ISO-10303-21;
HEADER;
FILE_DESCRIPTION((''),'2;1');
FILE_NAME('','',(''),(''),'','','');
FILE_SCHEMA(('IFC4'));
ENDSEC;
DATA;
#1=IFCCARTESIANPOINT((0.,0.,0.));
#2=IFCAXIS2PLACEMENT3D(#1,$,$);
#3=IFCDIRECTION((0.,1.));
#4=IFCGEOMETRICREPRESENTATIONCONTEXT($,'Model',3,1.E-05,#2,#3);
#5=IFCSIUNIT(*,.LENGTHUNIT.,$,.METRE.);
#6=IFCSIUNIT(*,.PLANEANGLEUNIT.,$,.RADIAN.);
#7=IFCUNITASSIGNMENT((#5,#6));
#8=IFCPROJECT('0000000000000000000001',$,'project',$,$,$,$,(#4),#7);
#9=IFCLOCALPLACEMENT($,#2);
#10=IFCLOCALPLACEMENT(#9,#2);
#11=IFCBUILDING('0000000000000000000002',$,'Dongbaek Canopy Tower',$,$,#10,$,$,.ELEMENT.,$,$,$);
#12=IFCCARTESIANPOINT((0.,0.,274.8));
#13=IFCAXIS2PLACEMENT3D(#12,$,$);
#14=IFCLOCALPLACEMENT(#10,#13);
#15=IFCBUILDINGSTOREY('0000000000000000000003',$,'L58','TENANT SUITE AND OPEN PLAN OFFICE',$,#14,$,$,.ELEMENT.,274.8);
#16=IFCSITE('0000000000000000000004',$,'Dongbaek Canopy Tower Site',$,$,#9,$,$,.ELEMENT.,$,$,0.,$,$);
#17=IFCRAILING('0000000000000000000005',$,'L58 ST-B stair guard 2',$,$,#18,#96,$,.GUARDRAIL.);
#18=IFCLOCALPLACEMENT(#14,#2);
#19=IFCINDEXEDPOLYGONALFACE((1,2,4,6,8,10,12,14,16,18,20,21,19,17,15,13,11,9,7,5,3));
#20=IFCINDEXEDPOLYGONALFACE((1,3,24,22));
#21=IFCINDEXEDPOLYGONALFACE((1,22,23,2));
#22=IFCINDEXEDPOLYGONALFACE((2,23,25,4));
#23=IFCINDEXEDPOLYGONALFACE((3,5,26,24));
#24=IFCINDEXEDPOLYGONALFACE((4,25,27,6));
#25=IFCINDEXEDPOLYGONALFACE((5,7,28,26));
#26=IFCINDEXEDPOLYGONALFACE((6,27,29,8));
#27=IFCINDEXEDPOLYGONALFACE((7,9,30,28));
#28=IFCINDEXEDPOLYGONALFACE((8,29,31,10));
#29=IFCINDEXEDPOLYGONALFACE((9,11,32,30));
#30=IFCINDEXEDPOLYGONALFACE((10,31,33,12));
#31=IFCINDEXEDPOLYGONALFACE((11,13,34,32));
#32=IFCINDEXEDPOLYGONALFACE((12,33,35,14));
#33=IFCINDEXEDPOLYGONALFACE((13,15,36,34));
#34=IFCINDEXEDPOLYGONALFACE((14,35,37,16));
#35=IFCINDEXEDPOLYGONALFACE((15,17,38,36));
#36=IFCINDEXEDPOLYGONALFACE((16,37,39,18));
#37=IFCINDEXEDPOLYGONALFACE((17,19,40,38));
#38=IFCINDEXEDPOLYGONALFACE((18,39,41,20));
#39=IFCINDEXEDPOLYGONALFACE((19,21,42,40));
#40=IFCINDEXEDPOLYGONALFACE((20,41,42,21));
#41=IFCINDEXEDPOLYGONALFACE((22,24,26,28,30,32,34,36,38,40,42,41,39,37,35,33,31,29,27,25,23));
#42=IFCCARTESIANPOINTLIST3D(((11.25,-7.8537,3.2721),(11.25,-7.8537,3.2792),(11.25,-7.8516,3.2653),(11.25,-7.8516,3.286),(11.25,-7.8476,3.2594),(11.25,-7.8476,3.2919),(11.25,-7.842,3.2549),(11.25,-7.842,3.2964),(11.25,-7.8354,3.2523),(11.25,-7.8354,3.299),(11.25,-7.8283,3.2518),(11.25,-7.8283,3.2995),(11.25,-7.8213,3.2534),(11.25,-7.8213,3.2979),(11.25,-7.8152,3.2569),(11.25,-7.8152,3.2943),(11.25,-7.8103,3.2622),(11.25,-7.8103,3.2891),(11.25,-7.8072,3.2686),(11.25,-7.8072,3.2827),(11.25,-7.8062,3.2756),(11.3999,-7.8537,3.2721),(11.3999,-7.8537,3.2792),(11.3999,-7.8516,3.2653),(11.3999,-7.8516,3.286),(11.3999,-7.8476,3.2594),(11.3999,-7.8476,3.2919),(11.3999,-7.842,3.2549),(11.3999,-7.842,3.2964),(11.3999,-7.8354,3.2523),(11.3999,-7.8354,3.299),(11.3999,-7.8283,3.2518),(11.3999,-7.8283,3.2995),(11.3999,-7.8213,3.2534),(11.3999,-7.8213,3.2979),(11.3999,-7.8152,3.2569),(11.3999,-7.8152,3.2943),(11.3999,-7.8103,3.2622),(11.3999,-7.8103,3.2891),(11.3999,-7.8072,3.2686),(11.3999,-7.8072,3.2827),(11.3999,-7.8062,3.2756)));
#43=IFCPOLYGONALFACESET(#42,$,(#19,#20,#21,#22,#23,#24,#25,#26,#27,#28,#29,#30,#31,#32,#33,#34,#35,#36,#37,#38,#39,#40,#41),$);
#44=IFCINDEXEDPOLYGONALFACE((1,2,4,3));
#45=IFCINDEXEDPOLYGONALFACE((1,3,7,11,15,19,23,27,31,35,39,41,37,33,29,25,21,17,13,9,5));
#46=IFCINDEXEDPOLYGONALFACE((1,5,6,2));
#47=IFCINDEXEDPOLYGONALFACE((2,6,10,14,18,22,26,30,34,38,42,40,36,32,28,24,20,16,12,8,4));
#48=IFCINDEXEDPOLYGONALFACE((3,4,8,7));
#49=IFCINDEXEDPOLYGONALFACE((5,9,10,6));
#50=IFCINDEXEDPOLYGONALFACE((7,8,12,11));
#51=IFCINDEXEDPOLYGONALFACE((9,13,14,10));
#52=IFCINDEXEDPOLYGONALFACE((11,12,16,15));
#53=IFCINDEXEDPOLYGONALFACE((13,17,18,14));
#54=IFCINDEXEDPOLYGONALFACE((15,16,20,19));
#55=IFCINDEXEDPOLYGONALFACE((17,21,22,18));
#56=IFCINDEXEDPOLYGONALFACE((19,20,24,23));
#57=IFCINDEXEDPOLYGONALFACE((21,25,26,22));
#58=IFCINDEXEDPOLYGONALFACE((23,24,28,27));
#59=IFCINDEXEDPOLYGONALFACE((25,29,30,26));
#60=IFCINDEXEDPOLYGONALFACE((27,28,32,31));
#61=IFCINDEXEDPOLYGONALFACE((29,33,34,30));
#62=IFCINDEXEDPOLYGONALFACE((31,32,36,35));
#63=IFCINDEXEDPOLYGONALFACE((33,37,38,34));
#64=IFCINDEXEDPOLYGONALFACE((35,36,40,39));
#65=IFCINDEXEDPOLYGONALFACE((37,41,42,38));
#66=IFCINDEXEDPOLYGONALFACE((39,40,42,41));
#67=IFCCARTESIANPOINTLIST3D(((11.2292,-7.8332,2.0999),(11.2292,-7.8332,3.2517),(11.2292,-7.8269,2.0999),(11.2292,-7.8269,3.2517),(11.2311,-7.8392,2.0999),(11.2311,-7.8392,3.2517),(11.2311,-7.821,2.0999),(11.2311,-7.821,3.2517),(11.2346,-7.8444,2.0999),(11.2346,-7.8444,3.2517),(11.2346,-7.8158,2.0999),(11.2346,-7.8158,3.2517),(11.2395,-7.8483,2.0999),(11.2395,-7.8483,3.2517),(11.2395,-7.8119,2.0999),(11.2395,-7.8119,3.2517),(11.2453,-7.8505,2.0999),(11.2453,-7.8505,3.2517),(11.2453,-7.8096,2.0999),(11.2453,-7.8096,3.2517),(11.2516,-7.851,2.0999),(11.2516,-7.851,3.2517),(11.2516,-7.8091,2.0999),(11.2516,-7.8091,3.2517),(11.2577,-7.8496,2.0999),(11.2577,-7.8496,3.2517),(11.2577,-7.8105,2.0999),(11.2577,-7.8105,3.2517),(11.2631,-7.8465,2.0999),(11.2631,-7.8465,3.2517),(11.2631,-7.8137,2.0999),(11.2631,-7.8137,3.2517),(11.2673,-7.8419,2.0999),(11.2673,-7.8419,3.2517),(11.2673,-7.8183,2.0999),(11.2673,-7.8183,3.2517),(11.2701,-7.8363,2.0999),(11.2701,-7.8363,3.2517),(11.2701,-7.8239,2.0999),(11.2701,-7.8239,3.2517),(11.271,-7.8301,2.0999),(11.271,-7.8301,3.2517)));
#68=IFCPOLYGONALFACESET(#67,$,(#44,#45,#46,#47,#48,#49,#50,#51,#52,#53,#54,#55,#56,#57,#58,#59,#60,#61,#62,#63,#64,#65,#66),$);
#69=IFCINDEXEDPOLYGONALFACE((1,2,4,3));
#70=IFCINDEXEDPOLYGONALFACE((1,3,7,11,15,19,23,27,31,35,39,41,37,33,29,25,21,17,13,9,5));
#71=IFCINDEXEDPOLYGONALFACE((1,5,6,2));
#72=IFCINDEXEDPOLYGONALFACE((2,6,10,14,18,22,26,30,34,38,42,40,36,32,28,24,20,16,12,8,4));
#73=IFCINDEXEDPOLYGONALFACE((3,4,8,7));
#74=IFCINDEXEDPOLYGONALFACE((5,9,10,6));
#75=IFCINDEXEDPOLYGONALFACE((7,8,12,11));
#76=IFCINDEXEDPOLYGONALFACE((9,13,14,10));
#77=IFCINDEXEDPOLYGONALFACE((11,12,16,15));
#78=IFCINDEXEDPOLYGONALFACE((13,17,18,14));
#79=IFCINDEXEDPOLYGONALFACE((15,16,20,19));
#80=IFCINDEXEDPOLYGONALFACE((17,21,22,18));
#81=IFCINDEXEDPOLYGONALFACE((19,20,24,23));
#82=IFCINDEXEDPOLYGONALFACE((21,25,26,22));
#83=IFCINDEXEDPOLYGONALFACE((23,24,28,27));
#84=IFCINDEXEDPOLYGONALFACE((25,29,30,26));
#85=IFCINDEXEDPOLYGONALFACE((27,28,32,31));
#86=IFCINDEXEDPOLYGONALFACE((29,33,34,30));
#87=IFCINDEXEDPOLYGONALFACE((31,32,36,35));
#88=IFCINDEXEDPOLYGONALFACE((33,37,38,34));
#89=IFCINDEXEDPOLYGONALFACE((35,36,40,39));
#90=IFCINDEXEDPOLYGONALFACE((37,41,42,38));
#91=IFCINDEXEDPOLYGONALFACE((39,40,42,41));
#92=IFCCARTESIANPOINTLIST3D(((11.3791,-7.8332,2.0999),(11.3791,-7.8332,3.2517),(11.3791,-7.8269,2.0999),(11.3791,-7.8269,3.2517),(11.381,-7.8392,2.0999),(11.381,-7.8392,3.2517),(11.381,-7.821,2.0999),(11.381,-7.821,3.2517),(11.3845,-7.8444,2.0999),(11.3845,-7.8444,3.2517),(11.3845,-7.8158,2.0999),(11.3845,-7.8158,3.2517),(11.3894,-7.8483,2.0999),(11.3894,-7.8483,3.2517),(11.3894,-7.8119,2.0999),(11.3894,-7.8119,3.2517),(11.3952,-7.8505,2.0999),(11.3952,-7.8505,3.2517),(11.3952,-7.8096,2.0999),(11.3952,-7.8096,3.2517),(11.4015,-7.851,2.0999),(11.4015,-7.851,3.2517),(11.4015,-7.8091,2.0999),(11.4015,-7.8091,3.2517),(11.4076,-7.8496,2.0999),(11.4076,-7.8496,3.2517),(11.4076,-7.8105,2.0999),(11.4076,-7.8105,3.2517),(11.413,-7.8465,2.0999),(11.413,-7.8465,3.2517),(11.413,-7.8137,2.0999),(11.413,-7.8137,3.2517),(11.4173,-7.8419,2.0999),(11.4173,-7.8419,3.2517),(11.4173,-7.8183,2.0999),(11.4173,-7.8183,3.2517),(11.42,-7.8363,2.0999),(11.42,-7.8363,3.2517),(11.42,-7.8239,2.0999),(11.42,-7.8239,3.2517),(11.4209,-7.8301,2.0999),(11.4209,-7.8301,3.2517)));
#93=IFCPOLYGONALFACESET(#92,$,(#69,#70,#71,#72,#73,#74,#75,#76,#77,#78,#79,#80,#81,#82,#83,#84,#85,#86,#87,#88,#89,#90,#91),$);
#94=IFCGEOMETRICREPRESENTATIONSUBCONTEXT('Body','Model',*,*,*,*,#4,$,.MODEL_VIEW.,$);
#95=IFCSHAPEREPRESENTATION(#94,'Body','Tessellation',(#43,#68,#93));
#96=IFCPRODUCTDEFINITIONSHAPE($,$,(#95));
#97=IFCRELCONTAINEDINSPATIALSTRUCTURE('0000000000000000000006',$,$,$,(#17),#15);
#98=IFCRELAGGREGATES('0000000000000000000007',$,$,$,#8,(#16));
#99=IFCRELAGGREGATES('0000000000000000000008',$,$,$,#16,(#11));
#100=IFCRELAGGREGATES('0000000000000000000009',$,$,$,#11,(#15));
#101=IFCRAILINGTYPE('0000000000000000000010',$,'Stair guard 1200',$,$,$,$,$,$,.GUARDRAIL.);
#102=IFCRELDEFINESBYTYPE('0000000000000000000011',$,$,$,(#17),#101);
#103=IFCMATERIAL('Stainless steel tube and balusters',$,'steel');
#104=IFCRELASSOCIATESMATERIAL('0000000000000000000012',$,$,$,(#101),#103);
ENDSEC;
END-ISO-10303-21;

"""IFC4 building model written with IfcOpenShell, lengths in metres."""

from ifc_helpers import new_model, si_unit, direction, frame, origin, origin_2d, place, context, subcontext, project, spatial, circle, extrude, material, type_object, element, save


model = new_model("IFC4")

# Units and contexts
model_context = context("Model", 3, precision=1e-05, world=origin(), true_north=direction((0.0, 1.0)))
body_context = subcontext(model_context, "Body", "Model", "MODEL_VIEW")
ifc_project = project(units=[si_unit("LENGTHUNIT", "METRE"), si_unit("PLANEANGLEUNIT", "RADIAN")], contexts=[model_context])

# Site, building, storey
site_placement = place(None, origin())
site = spatial("IfcSite", under=ifc_project, at=site_placement, Name="Dongbaek Canopy Tower Site", CompositionType="ELEMENT", RefElevation=0.0)
building_placement = place(site_placement, origin())
building = spatial("IfcBuilding", under=site, at=building_placement, Name="Dongbaek Canopy Tower", CompositionType="ELEMENT")
storey_placement = place(building_placement, frame((0.0, 0.0, 274.8)))
storey = spatial("IfcBuildingStorey", under=building, at=storey_placement, Name="L58", Description="TENANT SUITE AND OPEN PLAN OFFICE", CompositionType="ELEMENT", Elevation=274.8)

# Railing
ifc_material_1 = material(Name="Stainless steel tube and balusters", Category="steel")
railing_type_1 = type_object("IfcRailingType", Name="Stair guard 1200", PredefinedType="GUARDRAIL", material=ifc_material_1)
railing_1_placement = place(storey_placement, frame((11.25, -7.8301, 2.0999)))
element("IfcRailing", 1, at=railing_1_placement, inside=storey, type_object=railing_type_1, Name="L58 ST-B stair guard 2", PredefinedType="GUARDRAIL", context=body_context, shape_type="SweptSolid", body=[
    extrude(circle(Radius=0.0239, at=origin_2d()), frame((0.0, 0.0, 1.1758), z_axis=(1.0, 0.0, 0.0), x_axis=(0.0, 1.0, 0.0)), (0.0, 0.0, 1.0), 0.1499),
    extrude(circle(Radius=0.021, at=origin_2d()), origin(), (0.0, 0.0, 1.0), 1.1519),
    extrude(circle(Radius=0.021, at=origin_2d()), frame((0.1499, 0.0, 0.0)), (0.0, 0.0, 1.0), 1.1519),
])

save(model, "model.ifc")
